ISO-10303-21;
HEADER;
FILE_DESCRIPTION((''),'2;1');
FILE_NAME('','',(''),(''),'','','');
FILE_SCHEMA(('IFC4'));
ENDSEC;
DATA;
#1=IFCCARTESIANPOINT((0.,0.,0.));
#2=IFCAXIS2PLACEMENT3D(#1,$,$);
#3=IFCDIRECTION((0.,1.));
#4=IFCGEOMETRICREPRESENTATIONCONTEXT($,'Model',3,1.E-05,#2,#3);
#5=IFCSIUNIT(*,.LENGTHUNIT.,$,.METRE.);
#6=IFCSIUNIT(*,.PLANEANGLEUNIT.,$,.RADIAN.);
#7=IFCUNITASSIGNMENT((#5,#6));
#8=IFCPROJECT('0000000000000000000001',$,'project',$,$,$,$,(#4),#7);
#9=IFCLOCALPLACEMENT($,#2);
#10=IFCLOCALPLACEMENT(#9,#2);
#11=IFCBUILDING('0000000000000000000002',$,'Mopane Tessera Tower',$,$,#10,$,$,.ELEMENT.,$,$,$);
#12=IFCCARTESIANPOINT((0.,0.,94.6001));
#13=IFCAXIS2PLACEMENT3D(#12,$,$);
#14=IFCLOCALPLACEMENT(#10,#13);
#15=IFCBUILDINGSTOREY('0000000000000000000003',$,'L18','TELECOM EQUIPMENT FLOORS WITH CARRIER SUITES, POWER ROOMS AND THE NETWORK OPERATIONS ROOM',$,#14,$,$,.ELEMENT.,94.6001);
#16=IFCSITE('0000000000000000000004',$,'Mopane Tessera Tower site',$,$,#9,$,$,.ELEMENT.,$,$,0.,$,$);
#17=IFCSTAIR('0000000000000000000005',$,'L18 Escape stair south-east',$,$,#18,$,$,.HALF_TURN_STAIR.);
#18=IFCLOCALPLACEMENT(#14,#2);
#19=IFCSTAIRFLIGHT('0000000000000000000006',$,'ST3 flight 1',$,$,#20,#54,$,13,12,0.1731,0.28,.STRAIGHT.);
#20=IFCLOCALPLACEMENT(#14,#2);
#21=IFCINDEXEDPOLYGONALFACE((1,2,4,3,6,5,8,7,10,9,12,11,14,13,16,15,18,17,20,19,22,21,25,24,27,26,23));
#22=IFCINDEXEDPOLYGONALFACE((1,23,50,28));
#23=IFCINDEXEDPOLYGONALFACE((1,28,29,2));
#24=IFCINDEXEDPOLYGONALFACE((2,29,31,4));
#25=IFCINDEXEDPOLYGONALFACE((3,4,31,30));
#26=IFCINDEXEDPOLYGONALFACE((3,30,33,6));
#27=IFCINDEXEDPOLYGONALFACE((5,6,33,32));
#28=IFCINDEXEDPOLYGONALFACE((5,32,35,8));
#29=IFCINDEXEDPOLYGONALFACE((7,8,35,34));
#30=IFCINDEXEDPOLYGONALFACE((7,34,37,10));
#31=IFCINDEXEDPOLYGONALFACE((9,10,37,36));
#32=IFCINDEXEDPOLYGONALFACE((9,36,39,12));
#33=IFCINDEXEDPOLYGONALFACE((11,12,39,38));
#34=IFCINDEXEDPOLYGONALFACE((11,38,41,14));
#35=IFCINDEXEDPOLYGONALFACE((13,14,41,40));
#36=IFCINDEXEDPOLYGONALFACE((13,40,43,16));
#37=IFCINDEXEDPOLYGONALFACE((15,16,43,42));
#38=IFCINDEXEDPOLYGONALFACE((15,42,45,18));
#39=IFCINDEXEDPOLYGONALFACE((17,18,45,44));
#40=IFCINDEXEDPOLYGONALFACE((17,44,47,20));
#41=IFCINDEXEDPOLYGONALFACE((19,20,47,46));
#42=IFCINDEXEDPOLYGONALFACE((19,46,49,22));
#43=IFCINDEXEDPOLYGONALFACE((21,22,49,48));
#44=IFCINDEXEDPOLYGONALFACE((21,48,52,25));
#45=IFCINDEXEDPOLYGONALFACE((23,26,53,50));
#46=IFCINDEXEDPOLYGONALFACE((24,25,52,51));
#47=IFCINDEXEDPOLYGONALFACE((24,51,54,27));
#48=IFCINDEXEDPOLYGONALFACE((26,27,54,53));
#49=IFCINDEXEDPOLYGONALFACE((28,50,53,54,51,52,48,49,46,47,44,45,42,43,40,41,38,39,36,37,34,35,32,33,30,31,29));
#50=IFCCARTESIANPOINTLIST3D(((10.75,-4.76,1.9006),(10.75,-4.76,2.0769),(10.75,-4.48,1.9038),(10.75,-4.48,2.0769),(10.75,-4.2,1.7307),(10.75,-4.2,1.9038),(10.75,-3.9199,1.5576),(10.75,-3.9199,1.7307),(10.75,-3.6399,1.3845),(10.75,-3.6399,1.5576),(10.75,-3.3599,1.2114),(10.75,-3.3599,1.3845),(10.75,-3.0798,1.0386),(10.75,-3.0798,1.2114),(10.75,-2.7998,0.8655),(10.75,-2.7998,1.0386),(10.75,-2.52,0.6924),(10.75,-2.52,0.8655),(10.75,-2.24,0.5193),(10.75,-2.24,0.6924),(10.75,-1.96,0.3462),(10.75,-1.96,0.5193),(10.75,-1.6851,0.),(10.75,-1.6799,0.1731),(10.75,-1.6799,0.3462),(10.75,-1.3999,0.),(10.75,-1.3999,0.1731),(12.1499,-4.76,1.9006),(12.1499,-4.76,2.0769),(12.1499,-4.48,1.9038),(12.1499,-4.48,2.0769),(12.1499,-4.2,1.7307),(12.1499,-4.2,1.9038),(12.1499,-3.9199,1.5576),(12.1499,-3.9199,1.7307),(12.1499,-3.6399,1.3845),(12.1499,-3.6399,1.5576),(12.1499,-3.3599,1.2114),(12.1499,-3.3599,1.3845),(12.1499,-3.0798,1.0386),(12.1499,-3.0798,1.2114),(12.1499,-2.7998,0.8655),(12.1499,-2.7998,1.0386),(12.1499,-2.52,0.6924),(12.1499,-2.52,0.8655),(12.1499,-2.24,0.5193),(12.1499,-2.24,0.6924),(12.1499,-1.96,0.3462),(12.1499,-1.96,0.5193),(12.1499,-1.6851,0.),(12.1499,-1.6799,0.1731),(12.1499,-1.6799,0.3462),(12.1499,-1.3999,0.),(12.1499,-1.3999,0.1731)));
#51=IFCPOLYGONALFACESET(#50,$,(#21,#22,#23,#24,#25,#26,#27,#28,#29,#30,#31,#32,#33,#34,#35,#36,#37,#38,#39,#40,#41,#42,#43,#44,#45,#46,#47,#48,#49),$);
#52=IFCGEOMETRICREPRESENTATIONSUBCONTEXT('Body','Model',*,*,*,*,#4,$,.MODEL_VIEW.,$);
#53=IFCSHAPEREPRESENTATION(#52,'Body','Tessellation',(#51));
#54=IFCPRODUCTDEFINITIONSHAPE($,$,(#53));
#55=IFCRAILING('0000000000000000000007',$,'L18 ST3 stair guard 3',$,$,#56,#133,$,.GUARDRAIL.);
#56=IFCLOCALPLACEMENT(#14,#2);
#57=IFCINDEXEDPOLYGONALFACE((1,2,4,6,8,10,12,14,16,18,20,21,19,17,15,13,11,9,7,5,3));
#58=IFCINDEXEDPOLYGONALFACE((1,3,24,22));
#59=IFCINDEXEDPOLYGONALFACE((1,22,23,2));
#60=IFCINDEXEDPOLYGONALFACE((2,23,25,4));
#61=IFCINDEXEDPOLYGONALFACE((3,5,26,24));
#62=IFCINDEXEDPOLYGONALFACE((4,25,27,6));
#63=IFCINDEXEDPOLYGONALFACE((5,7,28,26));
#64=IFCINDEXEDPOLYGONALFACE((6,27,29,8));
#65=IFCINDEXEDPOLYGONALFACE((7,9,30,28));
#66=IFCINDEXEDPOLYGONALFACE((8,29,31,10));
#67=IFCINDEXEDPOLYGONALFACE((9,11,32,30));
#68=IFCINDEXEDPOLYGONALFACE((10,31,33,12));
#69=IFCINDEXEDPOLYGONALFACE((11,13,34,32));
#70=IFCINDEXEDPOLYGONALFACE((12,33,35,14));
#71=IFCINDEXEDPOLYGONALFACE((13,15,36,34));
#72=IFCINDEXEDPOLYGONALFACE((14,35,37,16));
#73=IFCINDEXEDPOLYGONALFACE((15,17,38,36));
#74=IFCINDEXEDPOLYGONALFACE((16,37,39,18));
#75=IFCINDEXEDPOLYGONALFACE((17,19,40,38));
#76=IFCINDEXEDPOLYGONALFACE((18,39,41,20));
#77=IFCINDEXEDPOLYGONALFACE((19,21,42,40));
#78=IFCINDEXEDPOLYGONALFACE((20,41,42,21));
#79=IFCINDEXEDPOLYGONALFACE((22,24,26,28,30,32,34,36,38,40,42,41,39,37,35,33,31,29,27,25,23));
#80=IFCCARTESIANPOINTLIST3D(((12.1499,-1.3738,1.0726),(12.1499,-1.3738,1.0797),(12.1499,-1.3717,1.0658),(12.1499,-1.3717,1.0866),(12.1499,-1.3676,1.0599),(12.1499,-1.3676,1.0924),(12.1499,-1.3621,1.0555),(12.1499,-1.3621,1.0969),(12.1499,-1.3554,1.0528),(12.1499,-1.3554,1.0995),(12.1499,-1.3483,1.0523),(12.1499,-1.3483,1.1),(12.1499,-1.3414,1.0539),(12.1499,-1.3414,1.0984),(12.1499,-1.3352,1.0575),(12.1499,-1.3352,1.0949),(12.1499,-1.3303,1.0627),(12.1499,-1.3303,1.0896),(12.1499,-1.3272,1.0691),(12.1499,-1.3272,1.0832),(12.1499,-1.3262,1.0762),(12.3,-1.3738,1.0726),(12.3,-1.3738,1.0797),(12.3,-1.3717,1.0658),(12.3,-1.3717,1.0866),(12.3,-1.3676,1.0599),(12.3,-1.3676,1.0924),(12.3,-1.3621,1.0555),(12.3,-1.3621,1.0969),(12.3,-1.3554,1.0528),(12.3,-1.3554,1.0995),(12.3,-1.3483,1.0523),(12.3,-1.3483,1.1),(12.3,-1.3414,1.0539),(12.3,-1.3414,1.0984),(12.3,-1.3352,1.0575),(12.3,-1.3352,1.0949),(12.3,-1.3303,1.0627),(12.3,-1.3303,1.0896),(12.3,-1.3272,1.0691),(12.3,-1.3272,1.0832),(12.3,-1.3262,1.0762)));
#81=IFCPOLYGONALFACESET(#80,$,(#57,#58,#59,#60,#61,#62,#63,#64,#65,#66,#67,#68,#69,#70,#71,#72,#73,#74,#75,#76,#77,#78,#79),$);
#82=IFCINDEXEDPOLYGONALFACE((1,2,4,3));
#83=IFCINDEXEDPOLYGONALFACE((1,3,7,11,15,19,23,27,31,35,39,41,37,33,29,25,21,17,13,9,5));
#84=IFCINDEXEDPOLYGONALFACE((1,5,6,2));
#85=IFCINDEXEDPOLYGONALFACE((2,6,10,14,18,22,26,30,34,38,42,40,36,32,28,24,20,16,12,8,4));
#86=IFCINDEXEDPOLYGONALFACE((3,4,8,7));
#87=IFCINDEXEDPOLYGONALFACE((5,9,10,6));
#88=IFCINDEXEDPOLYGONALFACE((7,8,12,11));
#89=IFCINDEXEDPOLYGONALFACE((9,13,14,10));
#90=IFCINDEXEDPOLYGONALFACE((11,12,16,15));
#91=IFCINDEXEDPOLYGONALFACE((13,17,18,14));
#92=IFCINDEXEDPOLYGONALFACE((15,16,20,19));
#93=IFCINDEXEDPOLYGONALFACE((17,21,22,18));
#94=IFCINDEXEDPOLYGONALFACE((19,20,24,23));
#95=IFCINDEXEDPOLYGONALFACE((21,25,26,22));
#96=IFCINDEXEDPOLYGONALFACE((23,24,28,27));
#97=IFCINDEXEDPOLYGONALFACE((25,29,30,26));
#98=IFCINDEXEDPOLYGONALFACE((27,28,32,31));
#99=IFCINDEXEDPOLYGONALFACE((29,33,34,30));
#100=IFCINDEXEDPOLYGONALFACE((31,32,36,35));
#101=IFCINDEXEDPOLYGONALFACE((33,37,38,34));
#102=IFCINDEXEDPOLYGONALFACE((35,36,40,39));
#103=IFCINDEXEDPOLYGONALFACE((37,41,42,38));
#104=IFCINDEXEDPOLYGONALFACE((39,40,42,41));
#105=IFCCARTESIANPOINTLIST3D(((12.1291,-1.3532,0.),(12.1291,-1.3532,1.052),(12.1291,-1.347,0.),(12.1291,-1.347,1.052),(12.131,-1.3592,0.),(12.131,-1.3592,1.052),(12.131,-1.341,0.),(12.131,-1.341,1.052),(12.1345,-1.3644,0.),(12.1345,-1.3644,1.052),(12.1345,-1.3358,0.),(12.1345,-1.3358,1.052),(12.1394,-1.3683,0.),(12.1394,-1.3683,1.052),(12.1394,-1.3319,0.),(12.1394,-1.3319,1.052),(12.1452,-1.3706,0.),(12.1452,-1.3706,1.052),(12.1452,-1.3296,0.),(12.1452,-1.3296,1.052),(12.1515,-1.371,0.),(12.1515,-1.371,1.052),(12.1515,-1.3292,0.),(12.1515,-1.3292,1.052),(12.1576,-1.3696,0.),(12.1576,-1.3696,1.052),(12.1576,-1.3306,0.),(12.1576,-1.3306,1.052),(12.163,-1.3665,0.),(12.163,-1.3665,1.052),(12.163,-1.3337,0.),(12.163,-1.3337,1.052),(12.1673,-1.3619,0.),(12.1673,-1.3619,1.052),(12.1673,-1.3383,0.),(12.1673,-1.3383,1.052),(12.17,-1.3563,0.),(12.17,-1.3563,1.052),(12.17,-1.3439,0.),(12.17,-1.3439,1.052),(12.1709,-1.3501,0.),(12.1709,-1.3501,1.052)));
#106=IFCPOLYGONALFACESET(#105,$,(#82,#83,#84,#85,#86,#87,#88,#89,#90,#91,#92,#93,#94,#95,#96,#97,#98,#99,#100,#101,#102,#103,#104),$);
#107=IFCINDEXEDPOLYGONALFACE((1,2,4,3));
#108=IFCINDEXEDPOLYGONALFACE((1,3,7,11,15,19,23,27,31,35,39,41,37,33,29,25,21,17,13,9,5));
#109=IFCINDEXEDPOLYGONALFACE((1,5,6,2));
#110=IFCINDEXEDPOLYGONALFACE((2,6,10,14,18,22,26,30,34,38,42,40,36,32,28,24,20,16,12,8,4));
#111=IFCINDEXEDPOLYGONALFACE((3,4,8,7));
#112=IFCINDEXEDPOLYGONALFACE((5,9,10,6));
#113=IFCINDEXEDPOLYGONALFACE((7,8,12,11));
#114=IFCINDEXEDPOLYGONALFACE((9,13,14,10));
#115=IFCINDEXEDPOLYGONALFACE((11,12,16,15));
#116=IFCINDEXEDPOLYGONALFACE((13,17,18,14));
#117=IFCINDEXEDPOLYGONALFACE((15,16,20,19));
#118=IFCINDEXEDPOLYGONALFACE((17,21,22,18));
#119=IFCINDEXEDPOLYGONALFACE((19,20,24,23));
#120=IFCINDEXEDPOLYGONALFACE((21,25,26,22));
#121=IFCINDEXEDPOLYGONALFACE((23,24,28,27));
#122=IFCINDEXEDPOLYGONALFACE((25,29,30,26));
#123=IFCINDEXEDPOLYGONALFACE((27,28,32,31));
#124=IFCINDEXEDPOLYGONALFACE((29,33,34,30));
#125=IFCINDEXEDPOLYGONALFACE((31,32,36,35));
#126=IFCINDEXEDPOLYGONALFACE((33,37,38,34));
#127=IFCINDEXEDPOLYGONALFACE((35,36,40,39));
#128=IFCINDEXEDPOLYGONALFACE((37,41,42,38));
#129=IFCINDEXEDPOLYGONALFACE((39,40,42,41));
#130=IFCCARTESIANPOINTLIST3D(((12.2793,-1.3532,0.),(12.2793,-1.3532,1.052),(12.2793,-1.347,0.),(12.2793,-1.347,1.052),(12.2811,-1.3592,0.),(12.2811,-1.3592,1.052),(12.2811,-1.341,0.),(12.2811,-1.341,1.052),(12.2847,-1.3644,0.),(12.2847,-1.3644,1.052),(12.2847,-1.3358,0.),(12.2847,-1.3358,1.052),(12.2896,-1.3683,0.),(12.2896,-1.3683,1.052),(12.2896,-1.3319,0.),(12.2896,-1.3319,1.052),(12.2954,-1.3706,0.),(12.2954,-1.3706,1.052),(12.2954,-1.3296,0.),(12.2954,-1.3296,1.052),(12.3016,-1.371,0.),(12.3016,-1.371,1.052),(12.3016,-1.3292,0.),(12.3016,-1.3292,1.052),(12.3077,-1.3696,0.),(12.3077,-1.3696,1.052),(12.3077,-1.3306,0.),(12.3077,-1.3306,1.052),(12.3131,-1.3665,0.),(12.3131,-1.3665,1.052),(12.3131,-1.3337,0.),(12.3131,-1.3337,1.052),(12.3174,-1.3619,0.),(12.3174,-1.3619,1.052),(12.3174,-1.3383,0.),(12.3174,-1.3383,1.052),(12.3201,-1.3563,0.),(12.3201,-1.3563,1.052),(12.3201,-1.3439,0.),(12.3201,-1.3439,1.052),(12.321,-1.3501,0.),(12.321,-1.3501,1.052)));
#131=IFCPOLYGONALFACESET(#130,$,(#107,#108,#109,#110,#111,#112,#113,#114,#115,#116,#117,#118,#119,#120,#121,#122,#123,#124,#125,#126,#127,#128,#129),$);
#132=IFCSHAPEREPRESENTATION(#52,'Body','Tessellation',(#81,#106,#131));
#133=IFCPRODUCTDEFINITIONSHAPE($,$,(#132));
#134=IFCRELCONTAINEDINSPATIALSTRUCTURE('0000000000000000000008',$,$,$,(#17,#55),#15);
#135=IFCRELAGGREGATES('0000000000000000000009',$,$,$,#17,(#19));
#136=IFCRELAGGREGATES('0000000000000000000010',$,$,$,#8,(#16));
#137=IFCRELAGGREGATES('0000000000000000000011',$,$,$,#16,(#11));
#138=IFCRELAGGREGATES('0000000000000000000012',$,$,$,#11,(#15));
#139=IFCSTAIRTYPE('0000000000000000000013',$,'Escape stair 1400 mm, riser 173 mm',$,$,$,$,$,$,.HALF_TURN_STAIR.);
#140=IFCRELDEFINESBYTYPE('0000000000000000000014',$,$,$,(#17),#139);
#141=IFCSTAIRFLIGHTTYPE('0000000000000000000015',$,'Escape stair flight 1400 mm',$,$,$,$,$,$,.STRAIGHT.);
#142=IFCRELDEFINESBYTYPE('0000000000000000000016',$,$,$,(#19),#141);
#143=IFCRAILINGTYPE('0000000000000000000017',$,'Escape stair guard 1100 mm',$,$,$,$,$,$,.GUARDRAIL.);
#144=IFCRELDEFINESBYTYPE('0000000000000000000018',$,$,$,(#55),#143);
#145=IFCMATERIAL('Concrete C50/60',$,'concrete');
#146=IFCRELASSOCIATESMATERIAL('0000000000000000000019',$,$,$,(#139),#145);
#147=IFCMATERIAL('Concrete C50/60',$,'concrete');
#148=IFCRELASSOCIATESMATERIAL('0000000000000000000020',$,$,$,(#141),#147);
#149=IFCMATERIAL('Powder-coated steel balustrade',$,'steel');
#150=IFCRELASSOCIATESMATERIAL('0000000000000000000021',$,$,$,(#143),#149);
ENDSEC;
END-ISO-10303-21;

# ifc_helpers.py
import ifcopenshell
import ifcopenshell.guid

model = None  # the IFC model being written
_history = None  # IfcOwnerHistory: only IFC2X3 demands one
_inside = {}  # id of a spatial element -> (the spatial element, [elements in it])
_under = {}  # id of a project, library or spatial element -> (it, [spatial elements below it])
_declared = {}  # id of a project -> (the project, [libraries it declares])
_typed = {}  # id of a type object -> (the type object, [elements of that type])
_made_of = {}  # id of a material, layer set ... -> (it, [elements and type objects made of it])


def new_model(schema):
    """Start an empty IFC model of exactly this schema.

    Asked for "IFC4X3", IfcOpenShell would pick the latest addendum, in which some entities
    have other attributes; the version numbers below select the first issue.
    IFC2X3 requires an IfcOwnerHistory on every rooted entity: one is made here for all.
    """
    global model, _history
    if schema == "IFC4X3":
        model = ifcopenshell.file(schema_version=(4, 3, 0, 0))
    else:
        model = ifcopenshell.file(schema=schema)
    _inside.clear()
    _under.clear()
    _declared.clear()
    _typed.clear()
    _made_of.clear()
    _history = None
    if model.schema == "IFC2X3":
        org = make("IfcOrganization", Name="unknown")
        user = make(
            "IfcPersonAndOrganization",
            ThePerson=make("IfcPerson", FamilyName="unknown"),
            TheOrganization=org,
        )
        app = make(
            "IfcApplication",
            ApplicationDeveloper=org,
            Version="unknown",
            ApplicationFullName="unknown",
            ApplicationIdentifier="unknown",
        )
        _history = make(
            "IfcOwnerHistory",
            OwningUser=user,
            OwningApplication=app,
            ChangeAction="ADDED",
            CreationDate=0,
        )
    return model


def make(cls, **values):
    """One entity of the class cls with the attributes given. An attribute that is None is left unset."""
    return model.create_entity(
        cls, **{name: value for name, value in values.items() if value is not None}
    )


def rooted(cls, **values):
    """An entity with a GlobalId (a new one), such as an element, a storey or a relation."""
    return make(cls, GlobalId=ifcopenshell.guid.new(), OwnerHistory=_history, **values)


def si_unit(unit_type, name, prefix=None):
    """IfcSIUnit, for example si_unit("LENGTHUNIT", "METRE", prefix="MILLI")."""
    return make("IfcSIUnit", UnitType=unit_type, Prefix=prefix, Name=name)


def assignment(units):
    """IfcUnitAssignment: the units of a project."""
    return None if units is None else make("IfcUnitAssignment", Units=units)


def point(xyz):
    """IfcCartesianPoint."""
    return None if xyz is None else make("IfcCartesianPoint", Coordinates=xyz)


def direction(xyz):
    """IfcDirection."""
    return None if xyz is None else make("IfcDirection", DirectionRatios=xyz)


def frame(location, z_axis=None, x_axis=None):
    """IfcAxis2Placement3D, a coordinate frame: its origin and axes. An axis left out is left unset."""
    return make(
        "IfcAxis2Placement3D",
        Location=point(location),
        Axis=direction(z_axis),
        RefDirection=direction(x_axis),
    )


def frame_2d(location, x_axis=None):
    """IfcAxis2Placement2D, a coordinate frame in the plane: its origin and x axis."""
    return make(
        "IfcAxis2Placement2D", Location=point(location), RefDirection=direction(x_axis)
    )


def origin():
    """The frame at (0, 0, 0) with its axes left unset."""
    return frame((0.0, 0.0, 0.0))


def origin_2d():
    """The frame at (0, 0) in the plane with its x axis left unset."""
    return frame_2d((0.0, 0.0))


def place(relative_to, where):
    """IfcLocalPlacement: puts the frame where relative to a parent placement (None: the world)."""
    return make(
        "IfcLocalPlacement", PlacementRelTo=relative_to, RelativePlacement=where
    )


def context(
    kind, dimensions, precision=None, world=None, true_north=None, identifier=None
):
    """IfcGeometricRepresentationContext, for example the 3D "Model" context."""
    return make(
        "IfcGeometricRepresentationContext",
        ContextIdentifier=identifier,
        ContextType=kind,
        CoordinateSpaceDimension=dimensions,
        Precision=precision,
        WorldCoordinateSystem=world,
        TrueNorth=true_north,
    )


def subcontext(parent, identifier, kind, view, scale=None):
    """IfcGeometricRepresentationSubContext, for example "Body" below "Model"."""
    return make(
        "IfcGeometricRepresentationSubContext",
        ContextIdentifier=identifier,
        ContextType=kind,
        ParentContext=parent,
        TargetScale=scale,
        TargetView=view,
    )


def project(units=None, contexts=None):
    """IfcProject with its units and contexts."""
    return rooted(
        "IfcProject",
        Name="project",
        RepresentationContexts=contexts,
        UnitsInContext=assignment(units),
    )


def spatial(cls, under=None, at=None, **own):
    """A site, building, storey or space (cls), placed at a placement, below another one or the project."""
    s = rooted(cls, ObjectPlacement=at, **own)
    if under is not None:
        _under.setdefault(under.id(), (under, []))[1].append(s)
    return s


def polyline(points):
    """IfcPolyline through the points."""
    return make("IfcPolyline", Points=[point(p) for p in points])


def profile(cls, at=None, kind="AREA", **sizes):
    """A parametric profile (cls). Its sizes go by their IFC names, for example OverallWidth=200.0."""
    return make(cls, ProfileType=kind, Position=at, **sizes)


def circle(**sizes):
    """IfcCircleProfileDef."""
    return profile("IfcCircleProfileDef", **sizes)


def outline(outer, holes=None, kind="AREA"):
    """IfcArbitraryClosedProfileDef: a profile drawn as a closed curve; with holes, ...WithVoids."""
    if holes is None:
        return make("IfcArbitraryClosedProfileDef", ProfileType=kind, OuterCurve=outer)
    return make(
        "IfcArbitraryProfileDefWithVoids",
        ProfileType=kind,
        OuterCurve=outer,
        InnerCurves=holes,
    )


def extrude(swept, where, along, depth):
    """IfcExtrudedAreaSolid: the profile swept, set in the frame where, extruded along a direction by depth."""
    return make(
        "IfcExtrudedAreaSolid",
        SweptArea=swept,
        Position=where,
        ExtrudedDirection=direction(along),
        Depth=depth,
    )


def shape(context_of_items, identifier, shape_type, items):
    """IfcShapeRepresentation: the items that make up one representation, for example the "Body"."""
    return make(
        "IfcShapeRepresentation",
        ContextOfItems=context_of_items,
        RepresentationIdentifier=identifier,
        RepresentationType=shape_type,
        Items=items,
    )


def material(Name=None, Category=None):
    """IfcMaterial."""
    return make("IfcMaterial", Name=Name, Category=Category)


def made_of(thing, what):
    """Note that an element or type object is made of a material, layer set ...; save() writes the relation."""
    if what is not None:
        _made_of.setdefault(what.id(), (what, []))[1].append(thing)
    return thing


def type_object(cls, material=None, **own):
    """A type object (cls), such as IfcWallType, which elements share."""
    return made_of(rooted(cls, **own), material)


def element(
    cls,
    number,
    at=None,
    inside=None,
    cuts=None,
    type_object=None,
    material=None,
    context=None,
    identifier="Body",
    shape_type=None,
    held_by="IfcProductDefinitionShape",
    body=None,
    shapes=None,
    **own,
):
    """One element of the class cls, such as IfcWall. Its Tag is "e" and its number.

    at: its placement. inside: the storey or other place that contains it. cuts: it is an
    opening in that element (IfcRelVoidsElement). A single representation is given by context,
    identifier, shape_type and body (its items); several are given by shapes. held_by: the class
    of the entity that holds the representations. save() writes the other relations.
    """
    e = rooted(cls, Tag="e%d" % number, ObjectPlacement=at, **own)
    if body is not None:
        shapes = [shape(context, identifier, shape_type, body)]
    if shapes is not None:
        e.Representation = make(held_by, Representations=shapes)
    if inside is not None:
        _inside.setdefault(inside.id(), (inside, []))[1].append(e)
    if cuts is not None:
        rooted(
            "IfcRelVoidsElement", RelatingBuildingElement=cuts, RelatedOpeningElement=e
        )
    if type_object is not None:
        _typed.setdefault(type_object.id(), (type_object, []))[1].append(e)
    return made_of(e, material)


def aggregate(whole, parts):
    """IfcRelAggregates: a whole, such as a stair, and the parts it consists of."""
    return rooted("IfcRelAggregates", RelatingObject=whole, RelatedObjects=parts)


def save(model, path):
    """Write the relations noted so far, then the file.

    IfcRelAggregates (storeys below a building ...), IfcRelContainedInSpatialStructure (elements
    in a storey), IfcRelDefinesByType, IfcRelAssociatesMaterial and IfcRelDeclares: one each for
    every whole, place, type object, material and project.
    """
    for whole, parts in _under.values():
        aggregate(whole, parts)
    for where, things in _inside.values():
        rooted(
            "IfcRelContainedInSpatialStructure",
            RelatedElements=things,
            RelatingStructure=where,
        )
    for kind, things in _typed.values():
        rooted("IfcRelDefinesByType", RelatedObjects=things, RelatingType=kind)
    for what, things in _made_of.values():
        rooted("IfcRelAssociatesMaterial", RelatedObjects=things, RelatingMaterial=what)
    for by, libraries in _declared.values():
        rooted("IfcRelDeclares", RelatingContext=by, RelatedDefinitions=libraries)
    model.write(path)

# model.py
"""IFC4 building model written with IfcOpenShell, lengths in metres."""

from ifc_helpers import new_model, si_unit, direction, frame, origin, origin_2d, place, context, subcontext, project, spatial, polyline, circle, outline, extrude, material, type_object, element, aggregate, save


model = new_model("IFC4")

# Units and contexts
model_context = context("Model", 3, precision=1e-05, world=origin(), true_north=direction((0.0, 1.0)))
body_context = subcontext(model_context, "Body", "Model", "MODEL_VIEW")
ifc_project = project(units=[si_unit("LENGTHUNIT", "METRE"), si_unit("PLANEANGLEUNIT", "RADIAN")], contexts=[model_context])

# Site, building, storey
site_placement = place(None, origin())
site = spatial("IfcSite", under=ifc_project, at=site_placement, Name="Mopane Tessera Tower site", CompositionType="ELEMENT", RefElevation=0.0)
building_placement = place(site_placement, origin())
building = spatial("IfcBuilding", under=site, at=building_placement, Name="Mopane Tessera Tower", CompositionType="ELEMENT")
storey_placement = place(building_placement, frame((0.0, 0.0, 94.6001)))
storey = spatial("IfcBuildingStorey", under=building, at=storey_placement, Name="L18", Description="TELECOM EQUIPMENT FLOORS WITH CARRIER SUITES, POWER ROOMS AND THE NETWORK OPERATIONS ROOM", CompositionType="ELEMENT", Elevation=94.6001)

# Stair, stair flight
ifc_material_1 = material(Name="Concrete C50/60", Category="concrete")
stair_type = type_object("IfcStairType", Name="Escape stair 1400 mm, riser 173 mm", PredefinedType="HALF_TURN_STAIR", material=ifc_material_1)
stair_placement = place(storey_placement, origin())
stair = element("IfcStair", 1, at=stair_placement, inside=storey, type_object=stair_type, Name="L18 Escape stair south-east", PredefinedType="HALF_TURN_STAIR")
ifc_material_2 = material(Name="Concrete C50/60", Category="concrete")
stair_flight_type = type_object("IfcStairFlightType", Name="Escape stair flight 1400 mm", PredefinedType="STRAIGHT", material=ifc_material_2)
stair_flight_placement = place(storey_placement, frame((11.45, -1.3999, 0.0), z_axis=(0.0, 0.0, 1.0), x_axis=(0.0, -1.0, 0.0)))
stair_flight = element("IfcStairFlight", 2, at=stair_flight_placement, type_object=stair_flight_type, Name="ST3 flight 1", NumberOfRisers=13, NumberOfTreads=12, PredefinedType="STRAIGHT", RiserHeight=0.1731, TreadLength=0.28, context=body_context, shape_type="SweptSolid", body=[
    extrude(outline(polyline([(0.0, 0.0), (0.0, 0.1731), (0.28, 0.1731), (0.28, 0.3462), (0.5601, 0.3462), (0.5601, 0.5193), (0.8401, 0.5193), (0.8401, 0.6924), (1.1201, 0.6924), (1.1201, 0.8655), (1.3999, 0.8655), (1.3999, 1.0386), (1.6799, 1.0386), (1.6799, 1.2114), (1.96, 1.2114), (1.96, 1.3845), (2.24, 1.3845), (2.24, 1.5576), (2.52, 1.5576), (2.52, 1.7307), (2.8, 1.7307), (2.8, 1.9038), (3.0801, 1.9038), (3.0801, 2.0769), (3.3601, 2.0769), (3.3601, 2.25), (3.3601, 1.9006), (0.2852, 0.0), (0.0, 0.0)])), frame((0.0, 0.7, 0.0), z_axis=(0.0, -1.0, 0.0), x_axis=(1.0, 0.0, 0.0)), (0.0, 0.0, 1.0), 1.3999),
])
aggregate(stair, [stair_flight])

# Railing
ifc_material_3 = material(Name="Powder-coated steel balustrade", Category="steel")
railing_type_1 = type_object("IfcRailingType", Name="Escape stair guard 1100 mm", PredefinedType="GUARDRAIL", material=ifc_material_3)
railing_1_placement = place(storey_placement, frame((12.1499, -1.3501, 0.0)))
element("IfcRailing", 3, at=railing_1_placement, inside=storey, type_object=railing_type_1, Name="L18 ST3 stair guard 3", PredefinedType="GUARDRAIL", context=body_context, shape_type="SweptSolid", body=[
    extrude(circle(Radius=0.0239, at=origin_2d()), frame((0.0, 0.0, 1.0762), z_axis=(1.0, 0.0, 0.0), x_axis=(0.0, 1.0, 0.0)), (0.0, 0.0, 1.0), 0.1501),
    extrude(circle(Radius=0.021, at=origin_2d()), origin(), (0.0, 0.0, 1.0), 1.052),
    extrude(circle(Radius=0.021, at=origin_2d()), frame((0.1501, 0.0, 0.0)), (0.0, 0.0, 1.0), 1.052),
])

save(model, "model.ifc")
